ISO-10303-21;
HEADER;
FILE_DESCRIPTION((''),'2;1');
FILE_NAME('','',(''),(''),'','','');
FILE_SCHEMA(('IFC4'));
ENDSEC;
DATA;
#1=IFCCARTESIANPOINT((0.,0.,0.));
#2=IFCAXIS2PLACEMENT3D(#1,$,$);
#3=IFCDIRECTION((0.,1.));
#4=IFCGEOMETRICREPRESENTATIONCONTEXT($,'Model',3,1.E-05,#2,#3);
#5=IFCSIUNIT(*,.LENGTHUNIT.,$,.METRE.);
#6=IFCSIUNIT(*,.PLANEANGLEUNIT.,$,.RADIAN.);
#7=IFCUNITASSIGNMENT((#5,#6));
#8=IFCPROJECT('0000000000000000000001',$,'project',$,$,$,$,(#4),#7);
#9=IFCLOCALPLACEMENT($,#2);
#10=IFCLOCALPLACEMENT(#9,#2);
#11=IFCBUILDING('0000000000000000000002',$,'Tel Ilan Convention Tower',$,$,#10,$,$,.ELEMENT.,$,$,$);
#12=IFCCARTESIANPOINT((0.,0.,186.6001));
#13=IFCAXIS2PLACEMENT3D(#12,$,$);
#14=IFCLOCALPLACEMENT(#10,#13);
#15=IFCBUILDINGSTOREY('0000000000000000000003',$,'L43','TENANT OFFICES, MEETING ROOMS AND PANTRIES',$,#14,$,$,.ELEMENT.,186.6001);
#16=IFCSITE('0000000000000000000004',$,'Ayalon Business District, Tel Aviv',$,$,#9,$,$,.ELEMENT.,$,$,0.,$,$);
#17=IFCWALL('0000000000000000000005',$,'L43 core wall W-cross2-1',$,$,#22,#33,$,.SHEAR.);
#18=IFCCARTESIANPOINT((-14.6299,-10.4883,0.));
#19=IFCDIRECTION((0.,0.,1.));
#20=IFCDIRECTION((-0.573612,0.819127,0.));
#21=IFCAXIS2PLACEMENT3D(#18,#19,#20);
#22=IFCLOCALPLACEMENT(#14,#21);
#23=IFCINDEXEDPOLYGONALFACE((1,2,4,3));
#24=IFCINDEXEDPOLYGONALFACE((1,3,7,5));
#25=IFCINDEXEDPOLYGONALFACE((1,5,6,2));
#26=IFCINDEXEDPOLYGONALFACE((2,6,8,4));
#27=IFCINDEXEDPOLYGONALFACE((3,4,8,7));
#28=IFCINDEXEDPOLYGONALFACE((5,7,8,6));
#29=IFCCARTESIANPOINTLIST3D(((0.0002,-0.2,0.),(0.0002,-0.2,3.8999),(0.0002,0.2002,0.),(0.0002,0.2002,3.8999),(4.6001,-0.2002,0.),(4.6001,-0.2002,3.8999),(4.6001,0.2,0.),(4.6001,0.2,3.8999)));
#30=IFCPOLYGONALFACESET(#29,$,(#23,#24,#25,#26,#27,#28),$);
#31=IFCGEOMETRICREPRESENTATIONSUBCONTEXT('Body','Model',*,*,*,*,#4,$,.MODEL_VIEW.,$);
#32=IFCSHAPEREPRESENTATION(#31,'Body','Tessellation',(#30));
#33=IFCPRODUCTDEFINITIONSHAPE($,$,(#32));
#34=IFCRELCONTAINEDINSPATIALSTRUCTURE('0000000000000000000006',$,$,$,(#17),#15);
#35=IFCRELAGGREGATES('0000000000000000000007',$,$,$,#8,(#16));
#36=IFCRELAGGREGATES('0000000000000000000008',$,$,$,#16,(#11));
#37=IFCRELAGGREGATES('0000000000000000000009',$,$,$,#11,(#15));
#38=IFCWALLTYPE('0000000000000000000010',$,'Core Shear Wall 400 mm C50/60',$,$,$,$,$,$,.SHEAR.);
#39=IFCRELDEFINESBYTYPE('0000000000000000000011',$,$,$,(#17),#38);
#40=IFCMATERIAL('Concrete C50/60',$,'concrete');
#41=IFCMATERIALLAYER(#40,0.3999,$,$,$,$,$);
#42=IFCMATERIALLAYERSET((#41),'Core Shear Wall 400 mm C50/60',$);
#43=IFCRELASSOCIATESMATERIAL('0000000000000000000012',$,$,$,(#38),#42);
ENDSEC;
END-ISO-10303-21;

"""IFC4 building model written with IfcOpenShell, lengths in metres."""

from ifc_helpers import new_model, si_unit, direction, frame, origin, place, context, subcontext, project, spatial, polyline, outline, extrude, material, layer, layer_set, type_object, element, save


model = new_model("IFC4")

# Units and contexts
model_context = context("Model", 3, precision=1e-05, world=origin(), true_north=direction((0.0, 1.0)))
body_context = subcontext(model_context, "Body", "Model", "MODEL_VIEW")
ifc_project = project(units=[si_unit("LENGTHUNIT", "METRE"), si_unit("PLANEANGLEUNIT", "RADIAN")], contexts=[model_context])

# Site, building, storey
site_placement = place(None, origin())
site = spatial("IfcSite", under=ifc_project, at=site_placement, Name="Ayalon Business District, Tel Aviv", CompositionType="ELEMENT", RefElevation=0.0)
building_placement = place(site_placement, origin())
building = spatial("IfcBuilding", under=site, at=building_placement, Name="Tel Ilan Convention Tower", CompositionType="ELEMENT")
storey_placement = place(building_placement, frame((0.0, 0.0, 186.6001)))
storey = spatial("IfcBuildingStorey", under=building, at=storey_placement, Name="L43", Description="TENANT OFFICES, MEETING ROOMS AND PANTRIES", CompositionType="ELEMENT", Elevation=186.6001)

# Wall
ifc_material_1 = material(Name="Concrete C50/60", Category="concrete")
ifc_layer_1 = layer(ifc_material_1, 0.3999)
ifc_layer_set_1 = layer_set([ifc_layer_1], Name="Core Shear Wall 400 mm C50/60")
wall_type_1 = type_object("IfcWallType", Name="Core Shear Wall 400 mm C50/60", PredefinedType="SHEAR", material=ifc_layer_set_1)
wall_1_placement = place(storey_placement, frame((-14.6299, -10.4883, 0.0), z_axis=(0.0, 0.0, 1.0), x_axis=(-0.573612, 0.819127, 0.0)))
element("IfcWall", 1, at=wall_1_placement, inside=storey, type_object=wall_type_1, Name="L43 core wall W-cross2-1", PredefinedType="SHEAR", context=body_context, shape_type="SweptSolid", body=[
    extrude(outline(polyline([(4.6001, 0.2), (0.0002, 0.2002), (0.0002, -0.2), (4.6001, -0.2002), (4.6001, 0.2)])), origin(), (0.0, 0.0, 1.0), 3.8999),
])

save(model, "model.ifc")
